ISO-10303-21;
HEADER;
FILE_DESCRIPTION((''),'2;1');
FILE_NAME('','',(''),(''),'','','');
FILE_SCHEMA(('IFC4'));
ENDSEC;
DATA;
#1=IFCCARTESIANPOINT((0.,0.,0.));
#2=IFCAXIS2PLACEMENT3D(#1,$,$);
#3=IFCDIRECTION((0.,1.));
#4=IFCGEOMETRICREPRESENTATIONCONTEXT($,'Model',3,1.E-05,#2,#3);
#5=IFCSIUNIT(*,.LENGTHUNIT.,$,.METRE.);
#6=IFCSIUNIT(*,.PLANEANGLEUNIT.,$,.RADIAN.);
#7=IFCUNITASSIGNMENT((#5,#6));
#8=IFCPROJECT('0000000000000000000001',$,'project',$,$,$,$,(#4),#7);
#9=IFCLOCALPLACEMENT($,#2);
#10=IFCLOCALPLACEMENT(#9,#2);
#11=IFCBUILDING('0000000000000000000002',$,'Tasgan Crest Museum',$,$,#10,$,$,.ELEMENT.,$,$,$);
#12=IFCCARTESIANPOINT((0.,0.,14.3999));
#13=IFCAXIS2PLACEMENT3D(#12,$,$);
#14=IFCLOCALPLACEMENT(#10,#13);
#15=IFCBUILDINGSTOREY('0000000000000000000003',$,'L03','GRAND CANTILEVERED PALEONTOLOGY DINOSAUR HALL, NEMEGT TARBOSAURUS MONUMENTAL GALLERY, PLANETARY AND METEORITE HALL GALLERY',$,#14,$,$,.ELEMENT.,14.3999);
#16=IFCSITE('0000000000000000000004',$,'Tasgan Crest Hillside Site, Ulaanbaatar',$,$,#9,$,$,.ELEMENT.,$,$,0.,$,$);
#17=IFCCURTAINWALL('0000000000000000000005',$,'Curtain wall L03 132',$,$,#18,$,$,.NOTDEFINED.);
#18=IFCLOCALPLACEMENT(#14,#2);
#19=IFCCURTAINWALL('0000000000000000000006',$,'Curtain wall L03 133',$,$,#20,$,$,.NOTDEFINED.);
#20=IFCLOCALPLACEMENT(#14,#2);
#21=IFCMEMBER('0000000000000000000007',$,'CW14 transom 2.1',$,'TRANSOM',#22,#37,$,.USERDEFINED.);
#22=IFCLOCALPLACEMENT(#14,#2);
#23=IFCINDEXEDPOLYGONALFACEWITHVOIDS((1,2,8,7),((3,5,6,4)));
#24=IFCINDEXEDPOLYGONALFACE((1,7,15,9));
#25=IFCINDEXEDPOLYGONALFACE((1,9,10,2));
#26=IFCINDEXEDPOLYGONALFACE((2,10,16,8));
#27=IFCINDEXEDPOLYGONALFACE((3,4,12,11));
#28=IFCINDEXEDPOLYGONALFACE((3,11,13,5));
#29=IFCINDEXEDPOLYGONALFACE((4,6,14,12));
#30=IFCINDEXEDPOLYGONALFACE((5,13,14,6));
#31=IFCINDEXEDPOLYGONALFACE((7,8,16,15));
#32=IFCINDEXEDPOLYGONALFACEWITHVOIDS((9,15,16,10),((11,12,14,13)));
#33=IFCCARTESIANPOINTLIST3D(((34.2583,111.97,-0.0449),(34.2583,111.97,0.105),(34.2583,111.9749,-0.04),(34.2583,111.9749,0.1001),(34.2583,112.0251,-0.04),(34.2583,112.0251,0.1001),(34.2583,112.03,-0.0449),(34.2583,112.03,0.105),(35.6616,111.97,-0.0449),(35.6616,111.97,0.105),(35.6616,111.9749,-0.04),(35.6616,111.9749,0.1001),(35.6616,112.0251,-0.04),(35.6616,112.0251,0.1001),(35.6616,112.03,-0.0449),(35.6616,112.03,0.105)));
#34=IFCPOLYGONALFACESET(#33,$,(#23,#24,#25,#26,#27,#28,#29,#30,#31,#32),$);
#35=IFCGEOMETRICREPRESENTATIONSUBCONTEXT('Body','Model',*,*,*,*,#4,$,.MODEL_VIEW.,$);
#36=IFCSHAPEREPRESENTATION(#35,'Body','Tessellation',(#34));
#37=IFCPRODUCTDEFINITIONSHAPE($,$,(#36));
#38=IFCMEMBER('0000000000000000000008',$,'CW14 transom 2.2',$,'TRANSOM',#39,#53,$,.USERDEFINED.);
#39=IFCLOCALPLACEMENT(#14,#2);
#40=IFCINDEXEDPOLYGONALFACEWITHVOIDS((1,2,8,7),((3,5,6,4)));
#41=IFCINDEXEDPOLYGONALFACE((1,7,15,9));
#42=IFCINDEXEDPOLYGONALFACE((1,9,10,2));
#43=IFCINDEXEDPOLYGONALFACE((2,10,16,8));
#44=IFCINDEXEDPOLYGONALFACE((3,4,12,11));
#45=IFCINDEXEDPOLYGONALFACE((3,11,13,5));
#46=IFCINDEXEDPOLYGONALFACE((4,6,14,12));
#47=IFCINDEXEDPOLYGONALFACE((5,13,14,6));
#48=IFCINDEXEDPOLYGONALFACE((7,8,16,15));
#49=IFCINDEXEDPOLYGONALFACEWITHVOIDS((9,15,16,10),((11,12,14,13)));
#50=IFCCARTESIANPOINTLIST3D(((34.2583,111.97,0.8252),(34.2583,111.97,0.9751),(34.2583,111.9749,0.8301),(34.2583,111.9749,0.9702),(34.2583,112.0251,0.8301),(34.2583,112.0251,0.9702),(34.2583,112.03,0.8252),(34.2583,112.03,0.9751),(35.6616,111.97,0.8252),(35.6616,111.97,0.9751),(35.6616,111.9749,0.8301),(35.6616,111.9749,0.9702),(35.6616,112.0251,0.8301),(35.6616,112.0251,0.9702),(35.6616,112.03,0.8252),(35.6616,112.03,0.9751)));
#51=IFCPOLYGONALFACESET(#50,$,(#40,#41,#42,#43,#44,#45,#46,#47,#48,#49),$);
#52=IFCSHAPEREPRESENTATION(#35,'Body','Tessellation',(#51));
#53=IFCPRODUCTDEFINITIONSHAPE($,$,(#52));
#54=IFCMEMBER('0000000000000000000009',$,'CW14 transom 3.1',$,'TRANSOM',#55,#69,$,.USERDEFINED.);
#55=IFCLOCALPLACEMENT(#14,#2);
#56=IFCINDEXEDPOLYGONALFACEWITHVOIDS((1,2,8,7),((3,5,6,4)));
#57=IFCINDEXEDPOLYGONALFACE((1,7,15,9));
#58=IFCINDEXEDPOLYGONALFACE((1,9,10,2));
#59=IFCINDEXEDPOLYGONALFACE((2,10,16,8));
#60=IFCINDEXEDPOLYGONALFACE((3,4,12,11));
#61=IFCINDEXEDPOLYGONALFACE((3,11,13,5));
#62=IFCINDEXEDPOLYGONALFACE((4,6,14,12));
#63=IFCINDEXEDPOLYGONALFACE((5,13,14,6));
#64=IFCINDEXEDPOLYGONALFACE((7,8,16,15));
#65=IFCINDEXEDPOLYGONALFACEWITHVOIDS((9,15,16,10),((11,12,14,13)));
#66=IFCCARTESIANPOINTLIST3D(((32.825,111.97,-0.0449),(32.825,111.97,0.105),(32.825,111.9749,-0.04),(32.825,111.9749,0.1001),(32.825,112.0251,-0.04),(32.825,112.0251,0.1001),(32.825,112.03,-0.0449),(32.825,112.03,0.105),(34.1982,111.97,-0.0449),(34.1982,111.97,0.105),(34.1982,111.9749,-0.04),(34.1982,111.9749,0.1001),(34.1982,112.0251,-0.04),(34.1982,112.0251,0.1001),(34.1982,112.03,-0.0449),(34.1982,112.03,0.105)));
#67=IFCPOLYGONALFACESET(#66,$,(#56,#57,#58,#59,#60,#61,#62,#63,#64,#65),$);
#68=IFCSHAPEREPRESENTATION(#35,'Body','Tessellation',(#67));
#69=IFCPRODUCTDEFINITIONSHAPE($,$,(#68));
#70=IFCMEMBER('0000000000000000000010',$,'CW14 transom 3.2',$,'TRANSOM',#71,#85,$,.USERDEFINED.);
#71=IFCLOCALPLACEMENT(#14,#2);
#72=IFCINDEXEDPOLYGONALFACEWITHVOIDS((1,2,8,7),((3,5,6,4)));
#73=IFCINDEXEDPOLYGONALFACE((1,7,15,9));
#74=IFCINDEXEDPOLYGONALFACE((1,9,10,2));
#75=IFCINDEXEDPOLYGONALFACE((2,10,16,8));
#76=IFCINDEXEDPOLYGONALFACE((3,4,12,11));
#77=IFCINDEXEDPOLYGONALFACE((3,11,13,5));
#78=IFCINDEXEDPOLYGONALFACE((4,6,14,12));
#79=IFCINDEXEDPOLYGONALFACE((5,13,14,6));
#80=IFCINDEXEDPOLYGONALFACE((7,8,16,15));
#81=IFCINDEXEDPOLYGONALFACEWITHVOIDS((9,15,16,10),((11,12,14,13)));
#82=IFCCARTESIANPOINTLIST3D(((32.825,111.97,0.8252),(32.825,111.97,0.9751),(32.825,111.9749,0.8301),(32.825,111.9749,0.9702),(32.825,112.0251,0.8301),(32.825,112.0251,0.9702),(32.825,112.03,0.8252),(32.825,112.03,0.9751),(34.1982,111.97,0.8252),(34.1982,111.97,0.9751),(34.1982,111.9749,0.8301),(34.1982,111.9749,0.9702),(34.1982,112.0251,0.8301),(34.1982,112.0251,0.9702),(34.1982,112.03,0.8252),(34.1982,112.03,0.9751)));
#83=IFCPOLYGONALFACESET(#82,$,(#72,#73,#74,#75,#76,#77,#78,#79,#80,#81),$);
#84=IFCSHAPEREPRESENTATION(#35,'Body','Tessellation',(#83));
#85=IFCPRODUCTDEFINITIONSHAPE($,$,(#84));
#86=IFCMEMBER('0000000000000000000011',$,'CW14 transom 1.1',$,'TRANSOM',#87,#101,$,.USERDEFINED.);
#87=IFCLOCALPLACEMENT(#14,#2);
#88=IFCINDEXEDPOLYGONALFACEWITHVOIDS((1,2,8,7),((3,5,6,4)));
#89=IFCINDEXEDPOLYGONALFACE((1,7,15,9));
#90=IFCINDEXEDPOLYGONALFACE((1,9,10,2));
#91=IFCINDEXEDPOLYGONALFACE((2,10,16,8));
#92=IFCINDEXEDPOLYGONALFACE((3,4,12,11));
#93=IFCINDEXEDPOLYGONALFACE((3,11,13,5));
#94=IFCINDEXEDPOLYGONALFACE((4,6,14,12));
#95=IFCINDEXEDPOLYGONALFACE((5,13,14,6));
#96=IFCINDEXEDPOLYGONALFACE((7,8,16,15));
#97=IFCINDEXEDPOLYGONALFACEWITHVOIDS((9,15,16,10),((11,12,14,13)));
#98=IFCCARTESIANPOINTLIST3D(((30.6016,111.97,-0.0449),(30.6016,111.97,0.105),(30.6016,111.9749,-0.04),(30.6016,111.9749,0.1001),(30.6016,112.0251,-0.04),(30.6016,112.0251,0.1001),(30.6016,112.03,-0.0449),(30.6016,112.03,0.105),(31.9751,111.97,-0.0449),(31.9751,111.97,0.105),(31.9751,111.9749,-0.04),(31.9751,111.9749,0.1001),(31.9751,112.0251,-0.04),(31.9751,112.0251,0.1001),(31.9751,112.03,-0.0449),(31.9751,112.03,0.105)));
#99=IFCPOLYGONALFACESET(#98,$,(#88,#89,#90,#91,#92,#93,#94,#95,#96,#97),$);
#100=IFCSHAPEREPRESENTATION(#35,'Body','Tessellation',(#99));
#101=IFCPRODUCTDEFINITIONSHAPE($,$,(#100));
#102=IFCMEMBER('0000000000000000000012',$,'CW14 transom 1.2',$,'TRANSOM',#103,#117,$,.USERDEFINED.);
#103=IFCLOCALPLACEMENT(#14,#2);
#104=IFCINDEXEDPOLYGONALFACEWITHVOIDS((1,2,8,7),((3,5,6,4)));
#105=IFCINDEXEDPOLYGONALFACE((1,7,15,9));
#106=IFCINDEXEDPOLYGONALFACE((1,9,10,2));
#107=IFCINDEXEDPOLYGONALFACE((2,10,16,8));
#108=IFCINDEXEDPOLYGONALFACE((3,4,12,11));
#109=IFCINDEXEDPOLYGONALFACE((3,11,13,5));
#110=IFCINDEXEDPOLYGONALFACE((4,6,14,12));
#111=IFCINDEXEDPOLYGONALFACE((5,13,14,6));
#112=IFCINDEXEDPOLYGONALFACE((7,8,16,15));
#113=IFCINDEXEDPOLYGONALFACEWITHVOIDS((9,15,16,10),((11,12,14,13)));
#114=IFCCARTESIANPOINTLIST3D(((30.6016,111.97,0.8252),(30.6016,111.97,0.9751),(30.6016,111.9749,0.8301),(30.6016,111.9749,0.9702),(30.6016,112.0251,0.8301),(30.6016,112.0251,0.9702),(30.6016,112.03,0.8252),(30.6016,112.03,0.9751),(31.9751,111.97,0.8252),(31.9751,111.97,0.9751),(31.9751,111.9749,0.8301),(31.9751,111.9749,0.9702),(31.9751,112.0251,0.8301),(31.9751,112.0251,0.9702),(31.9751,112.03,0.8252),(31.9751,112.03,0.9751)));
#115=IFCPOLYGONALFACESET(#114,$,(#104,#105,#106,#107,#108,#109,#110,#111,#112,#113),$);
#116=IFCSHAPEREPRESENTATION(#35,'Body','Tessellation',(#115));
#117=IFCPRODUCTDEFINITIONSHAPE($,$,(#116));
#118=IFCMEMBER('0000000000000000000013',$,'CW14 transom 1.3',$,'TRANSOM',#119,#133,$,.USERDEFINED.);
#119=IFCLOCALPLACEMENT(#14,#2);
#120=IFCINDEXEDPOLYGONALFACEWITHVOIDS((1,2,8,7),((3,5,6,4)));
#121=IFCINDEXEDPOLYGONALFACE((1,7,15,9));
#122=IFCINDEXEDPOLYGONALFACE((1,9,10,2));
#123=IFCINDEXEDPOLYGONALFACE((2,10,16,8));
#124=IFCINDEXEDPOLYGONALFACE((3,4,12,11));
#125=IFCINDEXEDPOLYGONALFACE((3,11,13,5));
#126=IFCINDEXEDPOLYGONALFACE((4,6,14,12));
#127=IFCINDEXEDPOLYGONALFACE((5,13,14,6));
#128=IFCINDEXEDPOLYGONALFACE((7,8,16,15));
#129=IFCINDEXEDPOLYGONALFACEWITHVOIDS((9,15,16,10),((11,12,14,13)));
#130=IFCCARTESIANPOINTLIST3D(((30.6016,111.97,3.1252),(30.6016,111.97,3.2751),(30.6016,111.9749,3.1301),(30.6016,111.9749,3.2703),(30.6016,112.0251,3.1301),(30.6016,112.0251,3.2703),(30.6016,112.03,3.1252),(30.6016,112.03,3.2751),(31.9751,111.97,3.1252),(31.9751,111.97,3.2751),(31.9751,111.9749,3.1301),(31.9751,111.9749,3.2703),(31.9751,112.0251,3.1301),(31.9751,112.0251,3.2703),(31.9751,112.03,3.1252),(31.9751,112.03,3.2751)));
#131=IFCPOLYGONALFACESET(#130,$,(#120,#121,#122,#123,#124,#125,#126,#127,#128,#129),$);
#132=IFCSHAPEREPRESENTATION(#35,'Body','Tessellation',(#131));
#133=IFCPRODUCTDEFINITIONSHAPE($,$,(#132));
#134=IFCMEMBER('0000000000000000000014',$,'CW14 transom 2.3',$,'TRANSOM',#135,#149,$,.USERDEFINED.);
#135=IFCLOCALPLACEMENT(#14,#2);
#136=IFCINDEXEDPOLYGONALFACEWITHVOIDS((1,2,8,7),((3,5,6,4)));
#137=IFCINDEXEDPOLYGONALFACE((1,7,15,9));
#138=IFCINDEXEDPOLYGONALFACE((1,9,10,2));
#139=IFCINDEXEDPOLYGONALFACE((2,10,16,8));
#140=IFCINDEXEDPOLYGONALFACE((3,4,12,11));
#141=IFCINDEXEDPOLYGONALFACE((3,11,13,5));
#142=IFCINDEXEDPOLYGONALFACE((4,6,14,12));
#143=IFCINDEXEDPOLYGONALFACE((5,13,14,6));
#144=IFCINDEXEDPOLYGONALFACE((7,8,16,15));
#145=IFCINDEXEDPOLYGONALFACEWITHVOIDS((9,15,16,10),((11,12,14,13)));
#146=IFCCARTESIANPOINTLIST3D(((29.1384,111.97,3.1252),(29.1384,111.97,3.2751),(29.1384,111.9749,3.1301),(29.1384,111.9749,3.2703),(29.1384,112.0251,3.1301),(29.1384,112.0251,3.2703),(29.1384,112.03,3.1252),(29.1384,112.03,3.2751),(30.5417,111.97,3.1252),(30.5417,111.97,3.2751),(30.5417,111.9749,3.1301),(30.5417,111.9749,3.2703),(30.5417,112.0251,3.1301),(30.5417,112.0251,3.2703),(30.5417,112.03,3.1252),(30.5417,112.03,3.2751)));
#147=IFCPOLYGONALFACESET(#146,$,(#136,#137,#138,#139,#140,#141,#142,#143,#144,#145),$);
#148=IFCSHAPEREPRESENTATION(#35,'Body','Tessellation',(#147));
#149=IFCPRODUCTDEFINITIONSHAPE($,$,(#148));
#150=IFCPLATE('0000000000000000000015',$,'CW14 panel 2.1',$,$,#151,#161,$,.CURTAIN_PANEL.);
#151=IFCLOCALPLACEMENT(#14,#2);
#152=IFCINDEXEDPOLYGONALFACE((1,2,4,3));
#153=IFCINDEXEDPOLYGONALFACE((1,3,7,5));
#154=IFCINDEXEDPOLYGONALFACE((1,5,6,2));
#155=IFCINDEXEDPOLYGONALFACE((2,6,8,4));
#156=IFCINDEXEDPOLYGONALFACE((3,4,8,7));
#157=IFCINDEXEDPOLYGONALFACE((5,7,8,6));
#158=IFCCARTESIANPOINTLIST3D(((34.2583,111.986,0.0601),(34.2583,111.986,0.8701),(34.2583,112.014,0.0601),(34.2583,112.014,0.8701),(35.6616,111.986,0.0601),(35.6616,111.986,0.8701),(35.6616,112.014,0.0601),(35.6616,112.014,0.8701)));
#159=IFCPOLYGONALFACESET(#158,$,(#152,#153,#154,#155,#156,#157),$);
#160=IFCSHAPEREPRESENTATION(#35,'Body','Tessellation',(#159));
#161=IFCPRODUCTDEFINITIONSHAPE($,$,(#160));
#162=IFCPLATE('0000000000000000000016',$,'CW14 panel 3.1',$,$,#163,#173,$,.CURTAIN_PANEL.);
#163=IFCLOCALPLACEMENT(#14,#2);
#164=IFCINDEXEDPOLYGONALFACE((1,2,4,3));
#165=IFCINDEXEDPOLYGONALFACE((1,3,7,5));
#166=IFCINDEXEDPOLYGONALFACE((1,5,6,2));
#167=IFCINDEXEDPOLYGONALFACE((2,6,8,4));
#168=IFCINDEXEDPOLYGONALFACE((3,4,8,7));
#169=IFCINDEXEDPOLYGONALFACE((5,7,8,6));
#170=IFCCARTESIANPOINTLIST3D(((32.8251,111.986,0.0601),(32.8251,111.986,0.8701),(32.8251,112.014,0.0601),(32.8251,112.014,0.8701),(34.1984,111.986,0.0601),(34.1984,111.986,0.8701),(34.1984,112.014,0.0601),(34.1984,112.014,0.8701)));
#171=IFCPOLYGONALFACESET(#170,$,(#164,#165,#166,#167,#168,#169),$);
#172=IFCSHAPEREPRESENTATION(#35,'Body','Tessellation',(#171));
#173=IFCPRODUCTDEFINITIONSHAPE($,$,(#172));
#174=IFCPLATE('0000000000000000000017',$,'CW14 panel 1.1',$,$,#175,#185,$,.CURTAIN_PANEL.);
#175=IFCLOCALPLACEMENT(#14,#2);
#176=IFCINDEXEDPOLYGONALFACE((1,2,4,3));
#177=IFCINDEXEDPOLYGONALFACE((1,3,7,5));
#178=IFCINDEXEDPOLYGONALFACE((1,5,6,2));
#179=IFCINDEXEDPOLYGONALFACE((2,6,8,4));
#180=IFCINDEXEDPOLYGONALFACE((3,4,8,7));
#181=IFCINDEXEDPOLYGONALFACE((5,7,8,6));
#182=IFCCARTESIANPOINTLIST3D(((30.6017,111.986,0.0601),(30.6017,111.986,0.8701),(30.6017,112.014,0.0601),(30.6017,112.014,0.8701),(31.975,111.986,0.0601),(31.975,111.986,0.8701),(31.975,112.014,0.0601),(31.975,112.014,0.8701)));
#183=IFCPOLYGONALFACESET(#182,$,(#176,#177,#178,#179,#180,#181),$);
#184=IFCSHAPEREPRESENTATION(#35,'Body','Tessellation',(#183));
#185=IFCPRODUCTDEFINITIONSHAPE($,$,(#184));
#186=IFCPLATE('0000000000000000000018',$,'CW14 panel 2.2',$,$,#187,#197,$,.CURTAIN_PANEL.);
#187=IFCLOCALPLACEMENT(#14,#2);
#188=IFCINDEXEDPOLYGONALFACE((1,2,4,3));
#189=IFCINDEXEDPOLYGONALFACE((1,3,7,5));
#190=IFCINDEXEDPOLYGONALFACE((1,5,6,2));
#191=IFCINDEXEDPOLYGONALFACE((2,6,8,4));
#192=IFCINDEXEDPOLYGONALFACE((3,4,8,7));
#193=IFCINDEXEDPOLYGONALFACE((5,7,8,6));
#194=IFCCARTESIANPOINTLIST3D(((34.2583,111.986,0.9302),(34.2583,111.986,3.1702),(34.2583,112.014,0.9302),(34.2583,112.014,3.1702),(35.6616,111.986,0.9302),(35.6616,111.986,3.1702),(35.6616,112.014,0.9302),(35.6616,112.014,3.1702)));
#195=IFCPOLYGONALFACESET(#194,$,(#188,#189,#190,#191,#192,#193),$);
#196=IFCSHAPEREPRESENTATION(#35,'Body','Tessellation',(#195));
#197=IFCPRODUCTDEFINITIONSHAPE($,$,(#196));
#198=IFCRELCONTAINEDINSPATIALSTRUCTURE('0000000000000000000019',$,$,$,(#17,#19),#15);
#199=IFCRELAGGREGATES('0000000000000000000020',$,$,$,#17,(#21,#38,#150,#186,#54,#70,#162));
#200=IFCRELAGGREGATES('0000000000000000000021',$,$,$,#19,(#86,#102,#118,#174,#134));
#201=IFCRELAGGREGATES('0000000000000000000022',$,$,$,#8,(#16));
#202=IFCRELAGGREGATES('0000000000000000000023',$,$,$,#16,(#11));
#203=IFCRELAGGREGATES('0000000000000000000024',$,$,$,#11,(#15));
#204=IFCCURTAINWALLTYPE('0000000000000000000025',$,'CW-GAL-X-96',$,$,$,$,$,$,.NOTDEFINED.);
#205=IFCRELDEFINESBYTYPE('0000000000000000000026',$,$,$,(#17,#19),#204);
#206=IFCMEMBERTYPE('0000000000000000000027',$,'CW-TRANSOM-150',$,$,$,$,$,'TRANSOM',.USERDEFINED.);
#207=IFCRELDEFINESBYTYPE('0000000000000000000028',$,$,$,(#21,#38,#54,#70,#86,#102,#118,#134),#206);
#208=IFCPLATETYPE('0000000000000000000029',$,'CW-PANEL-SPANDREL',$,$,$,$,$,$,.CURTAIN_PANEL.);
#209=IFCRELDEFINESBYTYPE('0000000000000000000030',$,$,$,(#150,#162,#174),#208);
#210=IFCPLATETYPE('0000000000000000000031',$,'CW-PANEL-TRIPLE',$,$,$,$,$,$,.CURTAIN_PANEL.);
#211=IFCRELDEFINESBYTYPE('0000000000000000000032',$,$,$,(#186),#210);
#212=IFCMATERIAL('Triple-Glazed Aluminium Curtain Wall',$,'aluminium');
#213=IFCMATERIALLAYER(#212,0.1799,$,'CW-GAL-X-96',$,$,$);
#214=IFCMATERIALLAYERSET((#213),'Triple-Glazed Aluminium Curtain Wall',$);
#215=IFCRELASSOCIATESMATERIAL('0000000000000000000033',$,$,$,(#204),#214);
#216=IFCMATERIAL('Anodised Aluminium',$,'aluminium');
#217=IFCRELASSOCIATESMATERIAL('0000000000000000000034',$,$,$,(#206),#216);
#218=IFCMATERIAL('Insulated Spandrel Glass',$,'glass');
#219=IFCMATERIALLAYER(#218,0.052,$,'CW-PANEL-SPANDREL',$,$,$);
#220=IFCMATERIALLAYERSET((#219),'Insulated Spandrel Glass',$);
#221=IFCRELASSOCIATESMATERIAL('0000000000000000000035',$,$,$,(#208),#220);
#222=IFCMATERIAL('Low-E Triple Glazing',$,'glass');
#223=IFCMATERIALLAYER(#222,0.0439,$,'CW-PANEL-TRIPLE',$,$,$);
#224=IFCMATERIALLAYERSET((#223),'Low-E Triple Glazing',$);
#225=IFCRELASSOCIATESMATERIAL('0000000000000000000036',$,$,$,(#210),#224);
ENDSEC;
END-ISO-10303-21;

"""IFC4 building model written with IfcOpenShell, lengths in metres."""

from ifc_helpers import new_model, si_unit, direction, frame, origin, origin_2d, place, context, subcontext, project, spatial, rectangle, hollow_rectangle, extrude, material, layer, layer_set, material_profile, profile_set, type_object, element, aggregate, save


model = new_model("IFC4")

# Units and contexts
model_context = context("Model", 3, precision=1e-05, world=origin(), true_north=direction((0.0, 1.0)))
body_context = subcontext(model_context, "Body", "Model", "MODEL_VIEW")
ifc_project = project(units=[si_unit("LENGTHUNIT", "METRE"), si_unit("PLANEANGLEUNIT", "RADIAN")], contexts=[model_context])

# Site, building, storey
site_placement = place(None, origin())
site = spatial("IfcSite", under=ifc_project, at=site_placement, Name="Tasgan Crest Hillside Site, Ulaanbaatar", CompositionType="ELEMENT", RefElevation=0.0)
building_placement = place(site_placement, origin())
building = spatial("IfcBuilding", under=site, at=building_placement, Name="Tasgan Crest Museum", CompositionType="ELEMENT")
storey_placement = place(building_placement, frame((0.0, 0.0, 14.3999)))
storey = spatial("IfcBuildingStorey", under=building, at=storey_placement, Name="L03", Description="GRAND CANTILEVERED PALEONTOLOGY DINOSAUR HALL, NEMEGT TARBOSAURUS MONUMENTAL GALLERY, PLANETARY AND METEORITE HALL GALLERY", CompositionType="ELEMENT", Elevation=14.3999)

# Curtain walls
ifc_material_1 = material(Name="Triple-Glazed Aluminium Curtain Wall", Category="aluminium")
ifc_layer_1 = layer(ifc_material_1, 0.1799, Name="CW-GAL-X-96")
ifc_layer_set_1 = layer_set([ifc_layer_1], Name="Triple-Glazed Aluminium Curtain Wall")
curtain_wall_type = type_object("IfcCurtainWallType", Name="CW-GAL-X-96", PredefinedType="NOTDEFINED", material=ifc_layer_set_1)
curtain_wall_1_placement = place(storey_placement, origin())
curtain_wall_1 = element("IfcCurtainWall", 1, at=curtain_wall_1_placement, inside=storey, type_object=curtain_wall_type, Name="Curtain wall L03 132", PredefinedType="NOTDEFINED")
curtain_wall_2_placement = place(storey_placement, origin())
curtain_wall_2 = element("IfcCurtainWall", 2, at=curtain_wall_2_placement, inside=storey, type_object=curtain_wall_type, Name="Curtain wall L03 133", PredefinedType="NOTDEFINED")

# Members
ifc_material_2 = material(Name="Anodised Aluminium", Category="aluminium")
ifc_material_profile_1 = material_profile(ifc_material_2, hollow_rectangle(XDim=0.0601, YDim=0.1499, WallThickness=0.0049, at=origin_2d()), Name="ALU TRANSOM 150x60x5")
ifc_profile_set_1 = profile_set([ifc_material_profile_1], Name="Anodised Aluminium")
member_type_1 = type_object("IfcMemberType", Name="CW-TRANSOM-150", ElementType="TRANSOM", PredefinedType="USERDEFINED", material=ifc_profile_set_1)
member_1_placement = place(storey_placement, frame((35.6616, 112.0, 0.03), z_axis=(-1.0, 0.0, 0.0), x_axis=(0.0, -1.0, 0.0)))
member_1 = element("IfcMember", 3, at=member_1_placement, type_object=member_type_1, Name="CW14 transom 2.1", ObjectType="TRANSOM", PredefinedType="USERDEFINED", context=body_context, shape_type="SweptSolid", body=[
    extrude(hollow_rectangle(XDim=0.0601, YDim=0.1499, WallThickness=0.0049, at=origin_2d()), origin(), (0.0, 0.0, 1.0), 1.4033),
])
member_2_placement = place(storey_placement, frame((35.6616, 112.0, 0.9001), z_axis=(-1.0, 0.0, 0.0), x_axis=(0.0, -1.0, 0.0)))
member_2 = element("IfcMember", 4, at=member_2_placement, type_object=member_type_1, Name="CW14 transom 2.2", ObjectType="TRANSOM", PredefinedType="USERDEFINED", context=body_context, shape_type="SweptSolid", body=[
    extrude(hollow_rectangle(XDim=0.0601, YDim=0.1499, WallThickness=0.0049, at=origin_2d()), origin(), (0.0, 0.0, 1.0), 1.4033),
])
member_3_placement = place(storey_placement, frame((34.1982, 112.0, 0.03), z_axis=(-1.0, 0.0, 0.0), x_axis=(0.0, -1.0, 0.0)))
member_3 = element("IfcMember", 5, at=member_3_placement, type_object=member_type_1, Name="CW14 transom 3.1", ObjectType="TRANSOM", PredefinedType="USERDEFINED", context=body_context, shape_type="SweptSolid", body=[
    extrude(hollow_rectangle(XDim=0.0601, YDim=0.1499, WallThickness=0.0049, at=origin_2d()), origin(), (0.0, 0.0, 1.0), 1.3733),
])
member_4_placement = place(storey_placement, frame((34.1982, 112.0, 0.9001), z_axis=(-1.0, 0.0, 0.0), x_axis=(0.0, -1.0, 0.0)))
member_4 = element("IfcMember", 6, at=member_4_placement, type_object=member_type_1, Name="CW14 transom 3.2", ObjectType="TRANSOM", PredefinedType="USERDEFINED", context=body_context, shape_type="SweptSolid", body=[
    extrude(hollow_rectangle(XDim=0.0601, YDim=0.1499, WallThickness=0.0049, at=origin_2d()), origin(), (0.0, 0.0, 1.0), 1.3733),
])
member_5_placement = place(storey_placement, frame((31.9751, 112.0, 0.03), z_axis=(-1.0, 0.0, 0.0), x_axis=(0.0, -1.0, 0.0)))
member_5 = element("IfcMember", 7, at=member_5_placement, type_object=member_type_1, Name="CW14 transom 1.1", ObjectType="TRANSOM", PredefinedType="USERDEFINED", context=body_context, shape_type="SweptSolid", body=[
    extrude(hollow_rectangle(XDim=0.0601, YDim=0.1499, WallThickness=0.0049, at=origin_2d()), origin(), (0.0, 0.0, 1.0), 1.3735),
])
member_6_placement = place(storey_placement, frame((31.9751, 112.0, 0.9001), z_axis=(-1.0, 0.0, 0.0), x_axis=(0.0, -1.0, 0.0)))
member_6 = element("IfcMember", 8, at=member_6_placement, type_object=member_type_1, Name="CW14 transom 1.2", ObjectType="TRANSOM", PredefinedType="USERDEFINED", context=body_context, shape_type="SweptSolid", body=[
    extrude(hollow_rectangle(XDim=0.0601, YDim=0.1499, WallThickness=0.0049, at=origin_2d()), origin(), (0.0, 0.0, 1.0), 1.3735),
])
member_7_placement = place(storey_placement, frame((31.9751, 112.0, 3.2002), z_axis=(-1.0, 0.0, 0.0), x_axis=(0.0, -1.0, 0.0)))
member_7 = element("IfcMember", 9, at=member_7_placement, type_object=member_type_1, Name="CW14 transom 1.3", ObjectType="TRANSOM", PredefinedType="USERDEFINED", context=body_context, shape_type="SweptSolid", body=[
    extrude(hollow_rectangle(XDim=0.0601, YDim=0.1499, WallThickness=0.0049, at=origin_2d()), origin(), (0.0, 0.0, 1.0), 1.3735),
])
member_8_placement = place(storey_placement, frame((30.5417, 112.0, 3.2002), z_axis=(-1.0, 0.0, 0.0), x_axis=(0.0, -1.0, 0.0)))
member_8 = element("IfcMember", 10, at=member_8_placement, type_object=member_type_1, Name="CW14 transom 2.3", ObjectType="TRANSOM", PredefinedType="USERDEFINED", context=body_context, shape_type="SweptSolid", body=[
    extrude(hollow_rectangle(XDim=0.0601, YDim=0.1499, WallThickness=0.0049, at=origin_2d()), origin(), (0.0, 0.0, 1.0), 1.4033),
])

# Plates
ifc_material_3 = material(Name="Insulated Spandrel Glass", Category="glass")
ifc_layer_2 = layer(ifc_material_3, 0.052, Name="CW-PANEL-SPANDREL")
ifc_layer_set_2 = layer_set([ifc_layer_2], Name="Insulated Spandrel Glass")
plate_type_1 = type_object("IfcPlateType", Name="CW-PANEL-SPANDREL", PredefinedType="CURTAIN_PANEL", material=ifc_layer_set_2)
plate_1_placement = place(storey_placement, frame((34.96, 112.0, 0.0601), z_axis=(0.0, 0.0, 1.0), x_axis=(-1.0, 0.0, 0.0)))
plate_1 = element("IfcPlate", 11, at=plate_1_placement, type_object=plate_type_1, Name="CW14 panel 2.1", PredefinedType="CURTAIN_PANEL", context=body_context, shape_type="SweptSolid", body=[
    extrude(rectangle(XDim=1.4033, YDim=0.0281, at=origin_2d()), origin(), (0.0, 0.0, 1.0), 0.8101),
])
plate_2_placement = place(storey_placement, frame((33.5117, 112.0, 0.0601), z_axis=(0.0, 0.0, 1.0), x_axis=(-1.0, 0.0, 0.0)))
plate_2 = element("IfcPlate", 12, at=plate_2_placement, type_object=plate_type_1, Name="CW14 panel 3.1", PredefinedType="CURTAIN_PANEL", context=body_context, shape_type="SweptSolid", body=[
    extrude(rectangle(XDim=1.3733, YDim=0.0281, at=origin_2d()), origin(), (0.0, 0.0, 1.0), 0.8101),
])
plate_3_placement = place(storey_placement, frame((31.2883, 112.0, 0.0601), z_axis=(0.0, 0.0, 1.0), x_axis=(-1.0, 0.0, 0.0)))
plate_3 = element("IfcPlate", 13, at=plate_3_placement, type_object=plate_type_1, Name="CW14 panel 1.1", PredefinedType="CURTAIN_PANEL", context=body_context, shape_type="SweptSolid", body=[
    extrude(rectangle(XDim=1.3733, YDim=0.0281, at=origin_2d()), origin(), (0.0, 0.0, 1.0), 0.8101),
])
ifc_material_4 = material(Name="Low-E Triple Glazing", Category="glass")
ifc_layer_3 = layer(ifc_material_4, 0.0439, Name="CW-PANEL-TRIPLE")
ifc_layer_set_3 = layer_set([ifc_layer_3], Name="Low-E Triple Glazing")
plate_type_2 = type_object("IfcPlateType", Name="CW-PANEL-TRIPLE", PredefinedType="CURTAIN_PANEL", material=ifc_layer_set_3)
plate_4_placement = place(storey_placement, frame((34.96, 112.0, 0.9302), z_axis=(0.0, 0.0, 1.0), x_axis=(-1.0, 0.0, 0.0)))
plate_4 = element("IfcPlate", 14, at=plate_4_placement, type_object=plate_type_2, Name="CW14 panel 2.2", PredefinedType="CURTAIN_PANEL", context=body_context, shape_type="SweptSolid", body=[
    extrude(rectangle(XDim=1.4033, YDim=0.0281, at=origin_2d()), origin(), (0.0, 0.0, 1.0), 2.24),
])
aggregate(curtain_wall_1, [member_1, member_2, plate_1, plate_4, member_3, member_4, plate_2])
aggregate(curtain_wall_2, [member_5, member_6, member_7, plate_3, member_8])

save(model, "model.ifc")
